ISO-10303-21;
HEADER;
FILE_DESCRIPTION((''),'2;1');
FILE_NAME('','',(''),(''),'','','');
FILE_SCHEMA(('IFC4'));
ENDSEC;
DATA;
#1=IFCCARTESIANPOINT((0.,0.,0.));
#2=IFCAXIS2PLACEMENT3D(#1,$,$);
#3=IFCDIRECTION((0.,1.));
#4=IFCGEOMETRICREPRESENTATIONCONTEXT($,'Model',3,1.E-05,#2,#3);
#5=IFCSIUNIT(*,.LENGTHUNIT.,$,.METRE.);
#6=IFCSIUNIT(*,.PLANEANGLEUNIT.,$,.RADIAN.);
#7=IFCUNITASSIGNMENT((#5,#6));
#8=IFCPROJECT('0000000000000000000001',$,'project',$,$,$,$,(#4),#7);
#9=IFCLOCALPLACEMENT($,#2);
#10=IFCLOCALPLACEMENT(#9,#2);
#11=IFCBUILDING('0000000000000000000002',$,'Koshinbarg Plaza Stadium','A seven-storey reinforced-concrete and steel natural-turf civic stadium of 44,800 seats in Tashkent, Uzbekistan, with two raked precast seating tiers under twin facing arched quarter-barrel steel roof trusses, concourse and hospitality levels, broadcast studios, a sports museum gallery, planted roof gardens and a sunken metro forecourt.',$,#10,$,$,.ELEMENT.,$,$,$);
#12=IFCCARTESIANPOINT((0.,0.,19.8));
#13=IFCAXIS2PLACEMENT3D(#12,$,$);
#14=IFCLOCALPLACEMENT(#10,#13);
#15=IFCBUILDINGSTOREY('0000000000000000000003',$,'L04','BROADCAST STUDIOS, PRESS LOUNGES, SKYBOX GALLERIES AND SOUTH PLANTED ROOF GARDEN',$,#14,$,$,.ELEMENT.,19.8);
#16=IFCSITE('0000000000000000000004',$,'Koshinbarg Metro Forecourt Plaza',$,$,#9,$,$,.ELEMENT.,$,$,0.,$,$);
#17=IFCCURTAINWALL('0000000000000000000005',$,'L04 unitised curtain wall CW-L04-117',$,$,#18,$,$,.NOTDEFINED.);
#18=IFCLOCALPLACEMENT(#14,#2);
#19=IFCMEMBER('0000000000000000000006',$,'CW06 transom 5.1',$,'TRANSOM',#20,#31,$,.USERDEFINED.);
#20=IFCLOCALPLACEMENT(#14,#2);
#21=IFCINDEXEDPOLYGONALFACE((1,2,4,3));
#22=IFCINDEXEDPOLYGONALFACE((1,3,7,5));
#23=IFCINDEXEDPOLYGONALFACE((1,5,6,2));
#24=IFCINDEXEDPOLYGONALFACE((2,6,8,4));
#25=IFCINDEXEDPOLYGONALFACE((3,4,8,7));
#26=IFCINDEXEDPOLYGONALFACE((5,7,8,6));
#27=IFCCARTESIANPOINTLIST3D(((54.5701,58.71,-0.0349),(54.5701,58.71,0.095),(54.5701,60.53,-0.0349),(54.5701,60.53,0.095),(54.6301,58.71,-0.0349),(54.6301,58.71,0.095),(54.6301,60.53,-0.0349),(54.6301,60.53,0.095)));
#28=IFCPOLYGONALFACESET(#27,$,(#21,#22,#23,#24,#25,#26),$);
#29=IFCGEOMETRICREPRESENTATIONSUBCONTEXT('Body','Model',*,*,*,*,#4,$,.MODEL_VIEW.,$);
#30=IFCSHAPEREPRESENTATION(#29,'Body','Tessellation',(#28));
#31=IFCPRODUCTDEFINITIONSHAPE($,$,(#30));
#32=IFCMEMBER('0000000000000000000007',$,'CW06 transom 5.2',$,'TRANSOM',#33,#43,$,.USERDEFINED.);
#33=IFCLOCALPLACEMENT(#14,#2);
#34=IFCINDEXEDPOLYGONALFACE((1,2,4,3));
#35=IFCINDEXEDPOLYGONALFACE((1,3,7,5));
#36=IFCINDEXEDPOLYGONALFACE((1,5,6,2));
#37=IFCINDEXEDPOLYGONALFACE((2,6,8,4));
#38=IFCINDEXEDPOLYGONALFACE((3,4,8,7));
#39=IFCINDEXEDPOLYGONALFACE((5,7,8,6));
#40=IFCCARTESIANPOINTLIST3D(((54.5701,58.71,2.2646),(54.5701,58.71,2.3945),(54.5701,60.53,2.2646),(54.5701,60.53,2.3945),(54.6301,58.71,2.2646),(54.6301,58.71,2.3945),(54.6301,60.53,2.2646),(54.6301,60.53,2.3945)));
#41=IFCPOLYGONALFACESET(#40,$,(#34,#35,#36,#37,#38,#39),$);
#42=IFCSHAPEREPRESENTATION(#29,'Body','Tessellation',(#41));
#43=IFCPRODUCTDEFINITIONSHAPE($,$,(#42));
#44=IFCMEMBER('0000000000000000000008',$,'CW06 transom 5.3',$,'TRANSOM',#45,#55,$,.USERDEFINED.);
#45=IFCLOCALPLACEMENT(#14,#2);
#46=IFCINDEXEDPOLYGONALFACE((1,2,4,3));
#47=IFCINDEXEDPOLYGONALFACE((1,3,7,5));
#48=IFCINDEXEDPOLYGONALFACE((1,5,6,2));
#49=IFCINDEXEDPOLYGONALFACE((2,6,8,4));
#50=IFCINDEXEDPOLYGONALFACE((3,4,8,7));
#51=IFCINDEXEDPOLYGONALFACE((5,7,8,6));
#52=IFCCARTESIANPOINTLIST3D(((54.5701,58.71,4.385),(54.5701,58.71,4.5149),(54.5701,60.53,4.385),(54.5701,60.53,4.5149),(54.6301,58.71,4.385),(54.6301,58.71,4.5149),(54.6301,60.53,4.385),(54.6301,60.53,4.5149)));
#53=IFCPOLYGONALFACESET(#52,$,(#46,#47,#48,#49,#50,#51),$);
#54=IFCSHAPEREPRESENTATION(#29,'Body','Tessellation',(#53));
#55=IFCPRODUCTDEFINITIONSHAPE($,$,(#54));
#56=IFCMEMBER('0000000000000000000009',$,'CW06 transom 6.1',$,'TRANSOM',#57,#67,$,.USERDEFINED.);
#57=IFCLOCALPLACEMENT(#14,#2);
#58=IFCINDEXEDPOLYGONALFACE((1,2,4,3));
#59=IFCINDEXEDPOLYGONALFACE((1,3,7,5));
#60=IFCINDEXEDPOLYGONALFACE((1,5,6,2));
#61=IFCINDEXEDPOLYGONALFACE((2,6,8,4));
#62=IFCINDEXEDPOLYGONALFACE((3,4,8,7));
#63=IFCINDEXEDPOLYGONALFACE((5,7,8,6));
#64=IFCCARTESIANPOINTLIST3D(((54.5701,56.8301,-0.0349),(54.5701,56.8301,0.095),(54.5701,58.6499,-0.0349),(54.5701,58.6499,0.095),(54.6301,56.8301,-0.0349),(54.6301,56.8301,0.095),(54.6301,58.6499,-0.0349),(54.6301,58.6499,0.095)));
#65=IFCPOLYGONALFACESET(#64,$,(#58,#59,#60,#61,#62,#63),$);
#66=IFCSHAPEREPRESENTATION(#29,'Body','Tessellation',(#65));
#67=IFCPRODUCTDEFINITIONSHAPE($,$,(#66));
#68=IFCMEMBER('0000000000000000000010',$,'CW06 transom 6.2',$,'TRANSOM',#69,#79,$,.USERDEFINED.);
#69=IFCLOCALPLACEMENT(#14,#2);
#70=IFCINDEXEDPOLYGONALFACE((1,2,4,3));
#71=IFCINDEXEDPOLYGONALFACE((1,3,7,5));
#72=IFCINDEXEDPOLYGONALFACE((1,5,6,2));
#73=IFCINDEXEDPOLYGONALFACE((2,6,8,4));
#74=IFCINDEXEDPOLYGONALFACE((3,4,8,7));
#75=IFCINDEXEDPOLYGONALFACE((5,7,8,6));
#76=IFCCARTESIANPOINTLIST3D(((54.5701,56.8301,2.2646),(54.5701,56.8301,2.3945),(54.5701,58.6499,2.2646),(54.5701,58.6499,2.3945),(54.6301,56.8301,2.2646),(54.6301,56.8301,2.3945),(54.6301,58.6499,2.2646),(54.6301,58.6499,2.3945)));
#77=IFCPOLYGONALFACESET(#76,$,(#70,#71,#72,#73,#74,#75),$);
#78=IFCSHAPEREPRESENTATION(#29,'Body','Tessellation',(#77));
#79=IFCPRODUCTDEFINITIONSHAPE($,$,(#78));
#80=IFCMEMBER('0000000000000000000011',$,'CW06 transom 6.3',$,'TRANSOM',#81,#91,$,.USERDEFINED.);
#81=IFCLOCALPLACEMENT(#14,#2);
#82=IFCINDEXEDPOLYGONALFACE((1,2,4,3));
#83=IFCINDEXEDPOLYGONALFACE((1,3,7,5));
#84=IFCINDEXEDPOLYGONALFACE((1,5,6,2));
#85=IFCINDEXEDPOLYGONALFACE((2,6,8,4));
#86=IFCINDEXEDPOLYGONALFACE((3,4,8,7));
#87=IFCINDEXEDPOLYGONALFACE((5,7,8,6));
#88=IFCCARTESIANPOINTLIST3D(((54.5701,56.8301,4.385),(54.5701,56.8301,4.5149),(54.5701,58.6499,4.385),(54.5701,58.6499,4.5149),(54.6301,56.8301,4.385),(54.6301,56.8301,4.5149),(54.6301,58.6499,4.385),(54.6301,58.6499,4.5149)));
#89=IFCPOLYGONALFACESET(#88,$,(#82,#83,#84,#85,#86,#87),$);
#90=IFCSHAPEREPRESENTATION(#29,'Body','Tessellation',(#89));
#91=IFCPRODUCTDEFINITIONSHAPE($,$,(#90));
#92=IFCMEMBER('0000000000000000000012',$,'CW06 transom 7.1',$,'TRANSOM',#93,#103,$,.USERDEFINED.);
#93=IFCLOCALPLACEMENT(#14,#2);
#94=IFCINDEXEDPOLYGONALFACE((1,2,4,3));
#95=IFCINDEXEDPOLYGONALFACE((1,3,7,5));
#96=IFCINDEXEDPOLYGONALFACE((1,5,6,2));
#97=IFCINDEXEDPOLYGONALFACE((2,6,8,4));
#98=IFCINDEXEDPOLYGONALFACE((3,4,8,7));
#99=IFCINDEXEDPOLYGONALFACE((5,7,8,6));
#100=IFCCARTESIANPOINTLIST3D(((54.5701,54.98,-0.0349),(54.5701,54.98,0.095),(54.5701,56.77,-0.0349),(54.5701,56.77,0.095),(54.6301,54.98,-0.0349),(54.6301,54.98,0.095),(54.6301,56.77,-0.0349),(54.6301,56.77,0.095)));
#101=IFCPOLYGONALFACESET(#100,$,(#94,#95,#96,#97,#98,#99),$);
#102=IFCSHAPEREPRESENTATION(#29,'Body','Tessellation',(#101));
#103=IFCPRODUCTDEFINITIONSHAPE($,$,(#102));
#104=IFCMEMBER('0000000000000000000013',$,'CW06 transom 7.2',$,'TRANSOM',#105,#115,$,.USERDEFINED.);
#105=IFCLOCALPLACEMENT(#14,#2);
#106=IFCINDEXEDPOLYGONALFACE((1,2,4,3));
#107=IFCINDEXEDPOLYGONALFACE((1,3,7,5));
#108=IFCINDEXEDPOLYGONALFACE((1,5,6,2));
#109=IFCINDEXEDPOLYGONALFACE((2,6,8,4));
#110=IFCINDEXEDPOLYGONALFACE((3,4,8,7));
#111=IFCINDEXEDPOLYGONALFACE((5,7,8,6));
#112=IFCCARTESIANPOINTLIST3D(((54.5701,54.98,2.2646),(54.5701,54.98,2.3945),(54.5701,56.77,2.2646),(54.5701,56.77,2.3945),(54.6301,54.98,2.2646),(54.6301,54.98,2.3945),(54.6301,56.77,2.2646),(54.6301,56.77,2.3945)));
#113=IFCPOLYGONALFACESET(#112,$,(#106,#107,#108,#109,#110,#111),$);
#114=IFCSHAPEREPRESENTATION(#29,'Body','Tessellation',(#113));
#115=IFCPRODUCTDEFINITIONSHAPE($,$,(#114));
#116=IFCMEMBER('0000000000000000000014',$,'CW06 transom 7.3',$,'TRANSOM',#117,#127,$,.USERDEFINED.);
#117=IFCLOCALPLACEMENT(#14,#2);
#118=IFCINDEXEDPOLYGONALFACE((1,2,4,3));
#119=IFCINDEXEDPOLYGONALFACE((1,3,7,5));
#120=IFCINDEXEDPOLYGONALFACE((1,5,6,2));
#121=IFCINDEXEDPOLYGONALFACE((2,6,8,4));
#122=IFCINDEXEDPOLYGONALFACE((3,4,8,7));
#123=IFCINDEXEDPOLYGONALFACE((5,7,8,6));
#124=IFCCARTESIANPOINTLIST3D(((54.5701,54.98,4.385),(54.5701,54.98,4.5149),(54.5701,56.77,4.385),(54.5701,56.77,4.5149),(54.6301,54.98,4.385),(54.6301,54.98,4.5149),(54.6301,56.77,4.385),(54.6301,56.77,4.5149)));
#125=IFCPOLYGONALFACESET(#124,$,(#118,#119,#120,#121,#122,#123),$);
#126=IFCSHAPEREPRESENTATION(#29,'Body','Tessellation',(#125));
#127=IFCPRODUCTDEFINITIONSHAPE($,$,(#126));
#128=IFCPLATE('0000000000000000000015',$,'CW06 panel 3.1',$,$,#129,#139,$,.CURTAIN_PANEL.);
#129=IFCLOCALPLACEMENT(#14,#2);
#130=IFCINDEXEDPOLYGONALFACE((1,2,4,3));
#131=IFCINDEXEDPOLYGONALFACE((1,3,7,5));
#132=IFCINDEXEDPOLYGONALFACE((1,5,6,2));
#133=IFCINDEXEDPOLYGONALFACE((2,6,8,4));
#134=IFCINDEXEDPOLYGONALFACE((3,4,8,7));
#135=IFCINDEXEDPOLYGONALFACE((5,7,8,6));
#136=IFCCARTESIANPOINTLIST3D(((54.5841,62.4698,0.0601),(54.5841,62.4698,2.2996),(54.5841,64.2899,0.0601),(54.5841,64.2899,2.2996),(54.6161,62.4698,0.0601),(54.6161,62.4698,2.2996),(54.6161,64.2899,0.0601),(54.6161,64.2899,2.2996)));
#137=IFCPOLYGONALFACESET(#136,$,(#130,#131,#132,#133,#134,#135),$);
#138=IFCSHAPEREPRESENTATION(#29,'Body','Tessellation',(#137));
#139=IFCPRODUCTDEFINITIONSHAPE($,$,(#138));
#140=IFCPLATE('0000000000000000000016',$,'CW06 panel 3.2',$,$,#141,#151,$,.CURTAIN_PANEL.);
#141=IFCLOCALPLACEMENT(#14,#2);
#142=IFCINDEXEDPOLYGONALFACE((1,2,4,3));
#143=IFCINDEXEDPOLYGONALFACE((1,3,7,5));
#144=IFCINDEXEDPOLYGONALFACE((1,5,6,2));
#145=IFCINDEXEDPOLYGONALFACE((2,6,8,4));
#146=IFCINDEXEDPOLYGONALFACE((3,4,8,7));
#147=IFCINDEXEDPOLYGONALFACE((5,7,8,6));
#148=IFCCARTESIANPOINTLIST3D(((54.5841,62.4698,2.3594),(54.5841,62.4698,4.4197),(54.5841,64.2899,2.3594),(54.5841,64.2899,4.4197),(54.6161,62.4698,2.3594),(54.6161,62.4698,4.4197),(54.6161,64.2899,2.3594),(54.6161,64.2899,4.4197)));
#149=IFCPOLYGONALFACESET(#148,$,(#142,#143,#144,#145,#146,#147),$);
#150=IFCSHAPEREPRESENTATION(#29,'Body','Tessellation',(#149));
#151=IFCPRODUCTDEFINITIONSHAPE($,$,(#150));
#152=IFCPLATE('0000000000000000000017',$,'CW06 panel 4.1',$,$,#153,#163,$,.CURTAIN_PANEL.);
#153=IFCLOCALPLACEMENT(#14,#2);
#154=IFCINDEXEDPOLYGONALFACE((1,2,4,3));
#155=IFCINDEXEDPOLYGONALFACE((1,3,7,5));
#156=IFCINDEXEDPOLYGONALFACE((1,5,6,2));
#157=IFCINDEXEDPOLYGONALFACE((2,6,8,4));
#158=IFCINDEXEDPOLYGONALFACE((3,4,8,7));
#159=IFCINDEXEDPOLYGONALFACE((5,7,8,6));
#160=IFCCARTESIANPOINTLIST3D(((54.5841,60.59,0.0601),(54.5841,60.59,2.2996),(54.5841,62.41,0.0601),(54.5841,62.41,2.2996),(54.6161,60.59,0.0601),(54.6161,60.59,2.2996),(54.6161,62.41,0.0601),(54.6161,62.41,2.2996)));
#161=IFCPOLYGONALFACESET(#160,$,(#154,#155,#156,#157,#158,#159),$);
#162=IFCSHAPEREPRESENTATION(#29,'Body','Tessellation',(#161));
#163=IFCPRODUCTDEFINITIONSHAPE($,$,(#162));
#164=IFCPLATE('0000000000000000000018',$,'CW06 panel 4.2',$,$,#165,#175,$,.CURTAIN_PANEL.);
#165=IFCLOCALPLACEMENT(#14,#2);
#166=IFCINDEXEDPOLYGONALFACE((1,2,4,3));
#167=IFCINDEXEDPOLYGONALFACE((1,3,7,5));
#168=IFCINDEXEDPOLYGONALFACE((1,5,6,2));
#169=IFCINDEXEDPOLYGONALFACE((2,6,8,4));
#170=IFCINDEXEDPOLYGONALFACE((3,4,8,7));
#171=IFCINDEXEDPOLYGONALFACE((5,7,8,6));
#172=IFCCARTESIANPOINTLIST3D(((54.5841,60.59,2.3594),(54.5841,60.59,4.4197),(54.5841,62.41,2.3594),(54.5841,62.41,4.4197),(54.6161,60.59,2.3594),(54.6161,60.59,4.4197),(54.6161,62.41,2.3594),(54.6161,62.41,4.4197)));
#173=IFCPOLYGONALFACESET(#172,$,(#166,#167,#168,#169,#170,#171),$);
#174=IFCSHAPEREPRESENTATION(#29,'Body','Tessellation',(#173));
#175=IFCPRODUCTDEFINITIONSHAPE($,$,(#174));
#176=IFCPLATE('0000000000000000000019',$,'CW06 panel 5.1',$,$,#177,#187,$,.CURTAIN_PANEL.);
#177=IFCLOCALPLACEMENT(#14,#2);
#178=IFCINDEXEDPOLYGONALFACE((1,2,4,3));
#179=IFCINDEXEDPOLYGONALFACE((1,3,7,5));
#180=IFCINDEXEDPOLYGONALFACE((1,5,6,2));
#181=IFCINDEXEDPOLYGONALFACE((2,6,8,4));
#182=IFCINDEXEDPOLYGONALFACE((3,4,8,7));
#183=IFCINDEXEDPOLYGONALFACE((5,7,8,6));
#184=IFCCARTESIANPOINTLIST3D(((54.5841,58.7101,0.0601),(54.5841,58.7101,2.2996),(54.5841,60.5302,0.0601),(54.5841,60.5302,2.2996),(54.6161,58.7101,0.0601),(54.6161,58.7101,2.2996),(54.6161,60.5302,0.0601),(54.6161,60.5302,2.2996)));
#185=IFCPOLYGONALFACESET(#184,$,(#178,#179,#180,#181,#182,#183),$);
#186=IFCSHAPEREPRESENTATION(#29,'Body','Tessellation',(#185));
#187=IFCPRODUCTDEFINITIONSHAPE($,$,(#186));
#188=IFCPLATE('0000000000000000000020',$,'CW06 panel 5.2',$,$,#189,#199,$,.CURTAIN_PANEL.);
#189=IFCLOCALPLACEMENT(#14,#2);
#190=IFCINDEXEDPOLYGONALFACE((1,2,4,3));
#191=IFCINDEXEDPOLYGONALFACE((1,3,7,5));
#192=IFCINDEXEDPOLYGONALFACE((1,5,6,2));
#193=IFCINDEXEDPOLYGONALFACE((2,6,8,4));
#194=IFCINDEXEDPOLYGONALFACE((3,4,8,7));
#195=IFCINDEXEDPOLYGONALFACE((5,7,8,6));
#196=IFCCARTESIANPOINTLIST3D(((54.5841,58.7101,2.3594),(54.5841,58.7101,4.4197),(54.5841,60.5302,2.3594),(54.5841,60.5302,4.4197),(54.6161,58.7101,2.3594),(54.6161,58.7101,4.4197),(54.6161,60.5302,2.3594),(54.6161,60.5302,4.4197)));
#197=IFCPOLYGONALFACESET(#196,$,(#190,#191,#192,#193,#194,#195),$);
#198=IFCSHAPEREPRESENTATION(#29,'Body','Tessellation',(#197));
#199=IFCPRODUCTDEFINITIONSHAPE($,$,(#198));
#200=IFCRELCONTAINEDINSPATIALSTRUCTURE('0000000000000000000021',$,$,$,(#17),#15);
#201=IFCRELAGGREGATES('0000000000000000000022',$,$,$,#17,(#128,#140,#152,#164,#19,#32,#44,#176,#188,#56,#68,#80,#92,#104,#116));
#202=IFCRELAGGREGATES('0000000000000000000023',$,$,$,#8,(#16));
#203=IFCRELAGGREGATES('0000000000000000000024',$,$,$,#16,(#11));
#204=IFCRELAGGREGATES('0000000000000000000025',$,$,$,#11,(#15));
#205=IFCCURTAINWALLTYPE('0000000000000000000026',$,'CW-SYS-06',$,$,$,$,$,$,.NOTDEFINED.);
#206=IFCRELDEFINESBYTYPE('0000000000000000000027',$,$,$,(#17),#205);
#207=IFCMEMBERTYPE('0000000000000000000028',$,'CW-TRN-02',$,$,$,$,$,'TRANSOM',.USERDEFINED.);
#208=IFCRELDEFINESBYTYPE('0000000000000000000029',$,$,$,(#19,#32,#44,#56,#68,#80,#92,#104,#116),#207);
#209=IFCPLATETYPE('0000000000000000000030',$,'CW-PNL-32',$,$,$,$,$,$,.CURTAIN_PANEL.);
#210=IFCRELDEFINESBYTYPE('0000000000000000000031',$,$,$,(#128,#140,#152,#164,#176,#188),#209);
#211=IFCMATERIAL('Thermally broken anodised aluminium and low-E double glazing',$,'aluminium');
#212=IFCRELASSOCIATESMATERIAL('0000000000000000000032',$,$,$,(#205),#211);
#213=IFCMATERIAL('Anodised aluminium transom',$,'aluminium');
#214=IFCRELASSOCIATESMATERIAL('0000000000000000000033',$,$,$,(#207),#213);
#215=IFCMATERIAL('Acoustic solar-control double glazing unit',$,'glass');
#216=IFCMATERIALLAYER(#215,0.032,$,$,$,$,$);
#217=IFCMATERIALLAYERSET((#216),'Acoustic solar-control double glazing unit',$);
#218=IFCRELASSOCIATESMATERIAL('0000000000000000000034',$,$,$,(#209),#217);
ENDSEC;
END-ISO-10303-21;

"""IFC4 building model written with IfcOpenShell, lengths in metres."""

from ifc_helpers import new_model, si_unit, direction, frame, origin, origin_2d, place, context, subcontext, project, spatial, rectangle, extrude, material, layer, layer_set, material_profile, profile_set, type_object, element, aggregate, save


model = new_model("IFC4")

# Units and contexts
model_context = context("Model", 3, precision=1e-05, world=origin(), true_north=direction((0.0, 1.0)))
body_context = subcontext(model_context, "Body", "Model", "MODEL_VIEW")
ifc_project = project(units=[si_unit("LENGTHUNIT", "METRE"), si_unit("PLANEANGLEUNIT", "RADIAN")], contexts=[model_context])

# Site, building, storey
site_placement = place(None, origin())
site = spatial("IfcSite", under=ifc_project, at=site_placement, Name="Koshinbarg Metro Forecourt Plaza", CompositionType="ELEMENT", RefElevation=0.0)
building_placement = place(site_placement, origin())
building = spatial("IfcBuilding", under=site, at=building_placement, Name="Koshinbarg Plaza Stadium", Description="A seven-storey reinforced-concrete and steel natural-turf civic stadium of 44,800 seats in Tashkent, Uzbekistan, with two raked precast seating tiers under twin facing arched quarter-barrel steel roof trusses, concourse and hospitality levels, broadcast studios, a sports museum gallery, planted roof gardens and a sunken metro forecourt.", CompositionType="ELEMENT")
storey_placement = place(building_placement, frame((0.0, 0.0, 19.8)))
storey = spatial("IfcBuildingStorey", under=building, at=storey_placement, Name="L04", Description="BROADCAST STUDIOS, PRESS LOUNGES, SKYBOX GALLERIES AND SOUTH PLANTED ROOF GARDEN", CompositionType="ELEMENT", Elevation=19.8)

# Curtain wall
ifc_material_1 = material(Name="Thermally broken anodised aluminium and low-E double glazing", Category="aluminium")
curtain_wall_type_1 = type_object("IfcCurtainWallType", Name="CW-SYS-06", PredefinedType="NOTDEFINED", material=ifc_material_1)
curtain_wall_1_placement = place(storey_placement, origin())
curtain_wall_1 = element("IfcCurtainWall", 1, at=curtain_wall_1_placement, inside=storey, type_object=curtain_wall_type_1, Name="L04 unitised curtain wall CW-L04-117", PredefinedType="NOTDEFINED")
ifc_material_2 = material(Name="Anodised aluminium transom", Category="aluminium")

# Members
ifc_material_profile_1 = material_profile(ifc_material_2, rectangle(XDim=0.0601, YDim=0.1299, at=origin_2d()), Name="ALU 60x130")
ifc_profile_set_1 = profile_set([ifc_material_profile_1], Name="Anodised aluminium transom")
member_type_1 = type_object("IfcMemberType", Name="CW-TRN-02", ElementType="TRANSOM", PredefinedType="USERDEFINED", material=ifc_profile_set_1)
member_1_placement = place(storey_placement, frame((54.6001, 60.53, 0.03), z_axis=(0.0, -1.0, 0.0), x_axis=(1.0, 0.0, 0.0)))
member_1 = element("IfcMember", 2, at=member_1_placement, type_object=member_type_1, Name="CW06 transom 5.1", ObjectType="TRANSOM", PredefinedType="USERDEFINED", context=body_context, shape_type="SweptSolid", body=[
    extrude(rectangle(XDim=0.0601, YDim=0.1299, at=origin_2d()), origin(), (0.0, 0.0, 1.0), 1.8201),
])
member_2_placement = place(storey_placement, frame((54.6001, 60.53, 2.3296), z_axis=(0.0, -1.0, 0.0), x_axis=(1.0, 0.0, 0.0)))
member_2 = element("IfcMember", 3, at=member_2_placement, type_object=member_type_1, Name="CW06 transom 5.2", ObjectType="TRANSOM", PredefinedType="USERDEFINED", context=body_context, shape_type="SweptSolid", body=[
    extrude(rectangle(XDim=0.0601, YDim=0.1299, at=origin_2d()), origin(), (0.0, 0.0, 1.0), 1.8201),
])
member_3_placement = place(storey_placement, frame((54.6001, 60.53, 4.45), z_axis=(0.0, -1.0, 0.0), x_axis=(1.0, 0.0, 0.0)))
member_3 = element("IfcMember", 4, at=member_3_placement, type_object=member_type_1, Name="CW06 transom 5.3", ObjectType="TRANSOM", PredefinedType="USERDEFINED", context=body_context, shape_type="SweptSolid", body=[
    extrude(rectangle(XDim=0.0601, YDim=0.1299, at=origin_2d()), origin(), (0.0, 0.0, 1.0), 1.8201),
])
member_4_placement = place(storey_placement, frame((54.6001, 58.6499, 0.03), z_axis=(0.0, -1.0, 0.0), x_axis=(1.0, 0.0, 0.0)))
member_4 = element("IfcMember", 5, at=member_4_placement, type_object=member_type_1, Name="CW06 transom 6.1", ObjectType="TRANSOM", PredefinedType="USERDEFINED", context=body_context, shape_type="SweptSolid", body=[
    extrude(rectangle(XDim=0.0601, YDim=0.1299, at=origin_2d()), origin(), (0.0, 0.0, 1.0), 1.8198),
])
member_5_placement = place(storey_placement, frame((54.6001, 58.6499, 2.3296), z_axis=(0.0, -1.0, 0.0), x_axis=(1.0, 0.0, 0.0)))
member_5 = element("IfcMember", 6, at=member_5_placement, type_object=member_type_1, Name="CW06 transom 6.2", ObjectType="TRANSOM", PredefinedType="USERDEFINED", context=body_context, shape_type="SweptSolid", body=[
    extrude(rectangle(XDim=0.0601, YDim=0.1299, at=origin_2d()), origin(), (0.0, 0.0, 1.0), 1.8198),
])
member_6_placement = place(storey_placement, frame((54.6001, 58.6499, 4.45), z_axis=(0.0, -1.0, 0.0), x_axis=(1.0, 0.0, 0.0)))
member_6 = element("IfcMember", 7, at=member_6_placement, type_object=member_type_1, Name="CW06 transom 6.3", ObjectType="TRANSOM", PredefinedType="USERDEFINED", context=body_context, shape_type="SweptSolid", body=[
    extrude(rectangle(XDim=0.0601, YDim=0.1299, at=origin_2d()), origin(), (0.0, 0.0, 1.0), 1.8198),
])
member_7_placement = place(storey_placement, frame((54.6001, 56.77, 0.03), z_axis=(0.0, -1.0, 0.0), x_axis=(1.0, 0.0, 0.0)))
member_7 = element("IfcMember", 8, at=member_7_placement, type_object=member_type_1, Name="CW06 transom 7.1", ObjectType="TRANSOM", PredefinedType="USERDEFINED", context=body_context, shape_type="SweptSolid", body=[
    extrude(rectangle(XDim=0.0601, YDim=0.1299, at=origin_2d()), origin(), (0.0, 0.0, 1.0), 1.79),
])
member_8_placement = place(storey_placement, frame((54.6001, 56.77, 2.3296), z_axis=(0.0, -1.0, 0.0), x_axis=(1.0, 0.0, 0.0)))
member_8 = element("IfcMember", 9, at=member_8_placement, type_object=member_type_1, Name="CW06 transom 7.2", ObjectType="TRANSOM", PredefinedType="USERDEFINED", context=body_context, shape_type="SweptSolid", body=[
    extrude(rectangle(XDim=0.0601, YDim=0.1299, at=origin_2d()), origin(), (0.0, 0.0, 1.0), 1.79),
])
member_9_placement = place(storey_placement, frame((54.6001, 56.77, 4.45), z_axis=(0.0, -1.0, 0.0), x_axis=(1.0, 0.0, 0.0)))
member_9 = element("IfcMember", 10, at=member_9_placement, type_object=member_type_1, Name="CW06 transom 7.3", ObjectType="TRANSOM", PredefinedType="USERDEFINED", context=body_context, shape_type="SweptSolid", body=[
    extrude(rectangle(XDim=0.0601, YDim=0.1299, at=origin_2d()), origin(), (0.0, 0.0, 1.0), 1.79),
])

# Plates
ifc_material_3 = material(Name="Acoustic solar-control double glazing unit", Category="glass")
ifc_layer = layer(ifc_material_3, 0.032)
ifc_layer_set = layer_set([ifc_layer], Name="Acoustic solar-control double glazing unit")
plate_type = type_object("IfcPlateType", Name="CW-PNL-32", PredefinedType="CURTAIN_PANEL", material=ifc_layer_set)
plate_1_placement = place(storey_placement, frame((54.6001, 63.3799, 0.0601), z_axis=(0.0, 0.0, 1.0), x_axis=(0.0, -1.0, 0.0)))
plate_1 = element("IfcPlate", 11, at=plate_1_placement, type_object=plate_type, Name="CW06 panel 3.1", PredefinedType="CURTAIN_PANEL", context=body_context, shape_type="SweptSolid", body=[
    extrude(rectangle(XDim=1.8201, YDim=0.032, at=origin_2d()), origin(), (0.0, 0.0, 1.0), 2.2395),
])
plate_2_placement = place(storey_placement, frame((54.6001, 63.3799, 2.3594), z_axis=(0.0, 0.0, 1.0), x_axis=(0.0, -1.0, 0.0)))
plate_2 = element("IfcPlate", 12, at=plate_2_placement, type_object=plate_type, Name="CW06 panel 3.2", PredefinedType="CURTAIN_PANEL", context=body_context, shape_type="SweptSolid", body=[
    extrude(rectangle(XDim=1.8201, YDim=0.032, at=origin_2d()), origin(), (0.0, 0.0, 1.0), 2.0603),
])
plate_3_placement = place(storey_placement, frame((54.6001, 61.5, 0.0601), z_axis=(0.0, 0.0, 1.0), x_axis=(0.0, -1.0, 0.0)))
plate_3 = element("IfcPlate", 13, at=plate_3_placement, type_object=plate_type, Name="CW06 panel 4.1", PredefinedType="CURTAIN_PANEL", context=body_context, shape_type="SweptSolid", body=[
    extrude(rectangle(XDim=1.8201, YDim=0.032, at=origin_2d()), origin(), (0.0, 0.0, 1.0), 2.2395),
])
plate_4_placement = place(storey_placement, frame((54.6001, 61.5, 2.3594), z_axis=(0.0, 0.0, 1.0), x_axis=(0.0, -1.0, 0.0)))
plate_4 = element("IfcPlate", 14, at=plate_4_placement, type_object=plate_type, Name="CW06 panel 4.2", PredefinedType="CURTAIN_PANEL", context=body_context, shape_type="SweptSolid", body=[
    extrude(rectangle(XDim=1.8201, YDim=0.032, at=origin_2d()), origin(), (0.0, 0.0, 1.0), 2.0603),
])
plate_5_placement = place(storey_placement, frame((54.6001, 59.6201, 0.0601), z_axis=(0.0, 0.0, 1.0), x_axis=(0.0, -1.0, 0.0)))
plate_5 = element("IfcPlate", 15, at=plate_5_placement, type_object=plate_type, Name="CW06 panel 5.1", PredefinedType="CURTAIN_PANEL", context=body_context, shape_type="SweptSolid", body=[
    extrude(rectangle(XDim=1.8201, YDim=0.032, at=origin_2d()), origin(), (0.0, 0.0, 1.0), 2.2395),
])
plate_6_placement = place(storey_placement, frame((54.6001, 59.6201, 2.3594), z_axis=(0.0, 0.0, 1.0), x_axis=(0.0, -1.0, 0.0)))
plate_6 = element("IfcPlate", 16, at=plate_6_placement, type_object=plate_type, Name="CW06 panel 5.2", PredefinedType="CURTAIN_PANEL", context=body_context, shape_type="SweptSolid", body=[
    extrude(rectangle(XDim=1.8201, YDim=0.032, at=origin_2d()), origin(), (0.0, 0.0, 1.0), 2.0603),
])
aggregate(curtain_wall_1, [plate_1, plate_2, plate_3, plate_4, member_1, member_2, member_3, plate_5, plate_6, member_4, member_5, member_6, member_7, member_8, member_9])

save(model, "model.ifc")
